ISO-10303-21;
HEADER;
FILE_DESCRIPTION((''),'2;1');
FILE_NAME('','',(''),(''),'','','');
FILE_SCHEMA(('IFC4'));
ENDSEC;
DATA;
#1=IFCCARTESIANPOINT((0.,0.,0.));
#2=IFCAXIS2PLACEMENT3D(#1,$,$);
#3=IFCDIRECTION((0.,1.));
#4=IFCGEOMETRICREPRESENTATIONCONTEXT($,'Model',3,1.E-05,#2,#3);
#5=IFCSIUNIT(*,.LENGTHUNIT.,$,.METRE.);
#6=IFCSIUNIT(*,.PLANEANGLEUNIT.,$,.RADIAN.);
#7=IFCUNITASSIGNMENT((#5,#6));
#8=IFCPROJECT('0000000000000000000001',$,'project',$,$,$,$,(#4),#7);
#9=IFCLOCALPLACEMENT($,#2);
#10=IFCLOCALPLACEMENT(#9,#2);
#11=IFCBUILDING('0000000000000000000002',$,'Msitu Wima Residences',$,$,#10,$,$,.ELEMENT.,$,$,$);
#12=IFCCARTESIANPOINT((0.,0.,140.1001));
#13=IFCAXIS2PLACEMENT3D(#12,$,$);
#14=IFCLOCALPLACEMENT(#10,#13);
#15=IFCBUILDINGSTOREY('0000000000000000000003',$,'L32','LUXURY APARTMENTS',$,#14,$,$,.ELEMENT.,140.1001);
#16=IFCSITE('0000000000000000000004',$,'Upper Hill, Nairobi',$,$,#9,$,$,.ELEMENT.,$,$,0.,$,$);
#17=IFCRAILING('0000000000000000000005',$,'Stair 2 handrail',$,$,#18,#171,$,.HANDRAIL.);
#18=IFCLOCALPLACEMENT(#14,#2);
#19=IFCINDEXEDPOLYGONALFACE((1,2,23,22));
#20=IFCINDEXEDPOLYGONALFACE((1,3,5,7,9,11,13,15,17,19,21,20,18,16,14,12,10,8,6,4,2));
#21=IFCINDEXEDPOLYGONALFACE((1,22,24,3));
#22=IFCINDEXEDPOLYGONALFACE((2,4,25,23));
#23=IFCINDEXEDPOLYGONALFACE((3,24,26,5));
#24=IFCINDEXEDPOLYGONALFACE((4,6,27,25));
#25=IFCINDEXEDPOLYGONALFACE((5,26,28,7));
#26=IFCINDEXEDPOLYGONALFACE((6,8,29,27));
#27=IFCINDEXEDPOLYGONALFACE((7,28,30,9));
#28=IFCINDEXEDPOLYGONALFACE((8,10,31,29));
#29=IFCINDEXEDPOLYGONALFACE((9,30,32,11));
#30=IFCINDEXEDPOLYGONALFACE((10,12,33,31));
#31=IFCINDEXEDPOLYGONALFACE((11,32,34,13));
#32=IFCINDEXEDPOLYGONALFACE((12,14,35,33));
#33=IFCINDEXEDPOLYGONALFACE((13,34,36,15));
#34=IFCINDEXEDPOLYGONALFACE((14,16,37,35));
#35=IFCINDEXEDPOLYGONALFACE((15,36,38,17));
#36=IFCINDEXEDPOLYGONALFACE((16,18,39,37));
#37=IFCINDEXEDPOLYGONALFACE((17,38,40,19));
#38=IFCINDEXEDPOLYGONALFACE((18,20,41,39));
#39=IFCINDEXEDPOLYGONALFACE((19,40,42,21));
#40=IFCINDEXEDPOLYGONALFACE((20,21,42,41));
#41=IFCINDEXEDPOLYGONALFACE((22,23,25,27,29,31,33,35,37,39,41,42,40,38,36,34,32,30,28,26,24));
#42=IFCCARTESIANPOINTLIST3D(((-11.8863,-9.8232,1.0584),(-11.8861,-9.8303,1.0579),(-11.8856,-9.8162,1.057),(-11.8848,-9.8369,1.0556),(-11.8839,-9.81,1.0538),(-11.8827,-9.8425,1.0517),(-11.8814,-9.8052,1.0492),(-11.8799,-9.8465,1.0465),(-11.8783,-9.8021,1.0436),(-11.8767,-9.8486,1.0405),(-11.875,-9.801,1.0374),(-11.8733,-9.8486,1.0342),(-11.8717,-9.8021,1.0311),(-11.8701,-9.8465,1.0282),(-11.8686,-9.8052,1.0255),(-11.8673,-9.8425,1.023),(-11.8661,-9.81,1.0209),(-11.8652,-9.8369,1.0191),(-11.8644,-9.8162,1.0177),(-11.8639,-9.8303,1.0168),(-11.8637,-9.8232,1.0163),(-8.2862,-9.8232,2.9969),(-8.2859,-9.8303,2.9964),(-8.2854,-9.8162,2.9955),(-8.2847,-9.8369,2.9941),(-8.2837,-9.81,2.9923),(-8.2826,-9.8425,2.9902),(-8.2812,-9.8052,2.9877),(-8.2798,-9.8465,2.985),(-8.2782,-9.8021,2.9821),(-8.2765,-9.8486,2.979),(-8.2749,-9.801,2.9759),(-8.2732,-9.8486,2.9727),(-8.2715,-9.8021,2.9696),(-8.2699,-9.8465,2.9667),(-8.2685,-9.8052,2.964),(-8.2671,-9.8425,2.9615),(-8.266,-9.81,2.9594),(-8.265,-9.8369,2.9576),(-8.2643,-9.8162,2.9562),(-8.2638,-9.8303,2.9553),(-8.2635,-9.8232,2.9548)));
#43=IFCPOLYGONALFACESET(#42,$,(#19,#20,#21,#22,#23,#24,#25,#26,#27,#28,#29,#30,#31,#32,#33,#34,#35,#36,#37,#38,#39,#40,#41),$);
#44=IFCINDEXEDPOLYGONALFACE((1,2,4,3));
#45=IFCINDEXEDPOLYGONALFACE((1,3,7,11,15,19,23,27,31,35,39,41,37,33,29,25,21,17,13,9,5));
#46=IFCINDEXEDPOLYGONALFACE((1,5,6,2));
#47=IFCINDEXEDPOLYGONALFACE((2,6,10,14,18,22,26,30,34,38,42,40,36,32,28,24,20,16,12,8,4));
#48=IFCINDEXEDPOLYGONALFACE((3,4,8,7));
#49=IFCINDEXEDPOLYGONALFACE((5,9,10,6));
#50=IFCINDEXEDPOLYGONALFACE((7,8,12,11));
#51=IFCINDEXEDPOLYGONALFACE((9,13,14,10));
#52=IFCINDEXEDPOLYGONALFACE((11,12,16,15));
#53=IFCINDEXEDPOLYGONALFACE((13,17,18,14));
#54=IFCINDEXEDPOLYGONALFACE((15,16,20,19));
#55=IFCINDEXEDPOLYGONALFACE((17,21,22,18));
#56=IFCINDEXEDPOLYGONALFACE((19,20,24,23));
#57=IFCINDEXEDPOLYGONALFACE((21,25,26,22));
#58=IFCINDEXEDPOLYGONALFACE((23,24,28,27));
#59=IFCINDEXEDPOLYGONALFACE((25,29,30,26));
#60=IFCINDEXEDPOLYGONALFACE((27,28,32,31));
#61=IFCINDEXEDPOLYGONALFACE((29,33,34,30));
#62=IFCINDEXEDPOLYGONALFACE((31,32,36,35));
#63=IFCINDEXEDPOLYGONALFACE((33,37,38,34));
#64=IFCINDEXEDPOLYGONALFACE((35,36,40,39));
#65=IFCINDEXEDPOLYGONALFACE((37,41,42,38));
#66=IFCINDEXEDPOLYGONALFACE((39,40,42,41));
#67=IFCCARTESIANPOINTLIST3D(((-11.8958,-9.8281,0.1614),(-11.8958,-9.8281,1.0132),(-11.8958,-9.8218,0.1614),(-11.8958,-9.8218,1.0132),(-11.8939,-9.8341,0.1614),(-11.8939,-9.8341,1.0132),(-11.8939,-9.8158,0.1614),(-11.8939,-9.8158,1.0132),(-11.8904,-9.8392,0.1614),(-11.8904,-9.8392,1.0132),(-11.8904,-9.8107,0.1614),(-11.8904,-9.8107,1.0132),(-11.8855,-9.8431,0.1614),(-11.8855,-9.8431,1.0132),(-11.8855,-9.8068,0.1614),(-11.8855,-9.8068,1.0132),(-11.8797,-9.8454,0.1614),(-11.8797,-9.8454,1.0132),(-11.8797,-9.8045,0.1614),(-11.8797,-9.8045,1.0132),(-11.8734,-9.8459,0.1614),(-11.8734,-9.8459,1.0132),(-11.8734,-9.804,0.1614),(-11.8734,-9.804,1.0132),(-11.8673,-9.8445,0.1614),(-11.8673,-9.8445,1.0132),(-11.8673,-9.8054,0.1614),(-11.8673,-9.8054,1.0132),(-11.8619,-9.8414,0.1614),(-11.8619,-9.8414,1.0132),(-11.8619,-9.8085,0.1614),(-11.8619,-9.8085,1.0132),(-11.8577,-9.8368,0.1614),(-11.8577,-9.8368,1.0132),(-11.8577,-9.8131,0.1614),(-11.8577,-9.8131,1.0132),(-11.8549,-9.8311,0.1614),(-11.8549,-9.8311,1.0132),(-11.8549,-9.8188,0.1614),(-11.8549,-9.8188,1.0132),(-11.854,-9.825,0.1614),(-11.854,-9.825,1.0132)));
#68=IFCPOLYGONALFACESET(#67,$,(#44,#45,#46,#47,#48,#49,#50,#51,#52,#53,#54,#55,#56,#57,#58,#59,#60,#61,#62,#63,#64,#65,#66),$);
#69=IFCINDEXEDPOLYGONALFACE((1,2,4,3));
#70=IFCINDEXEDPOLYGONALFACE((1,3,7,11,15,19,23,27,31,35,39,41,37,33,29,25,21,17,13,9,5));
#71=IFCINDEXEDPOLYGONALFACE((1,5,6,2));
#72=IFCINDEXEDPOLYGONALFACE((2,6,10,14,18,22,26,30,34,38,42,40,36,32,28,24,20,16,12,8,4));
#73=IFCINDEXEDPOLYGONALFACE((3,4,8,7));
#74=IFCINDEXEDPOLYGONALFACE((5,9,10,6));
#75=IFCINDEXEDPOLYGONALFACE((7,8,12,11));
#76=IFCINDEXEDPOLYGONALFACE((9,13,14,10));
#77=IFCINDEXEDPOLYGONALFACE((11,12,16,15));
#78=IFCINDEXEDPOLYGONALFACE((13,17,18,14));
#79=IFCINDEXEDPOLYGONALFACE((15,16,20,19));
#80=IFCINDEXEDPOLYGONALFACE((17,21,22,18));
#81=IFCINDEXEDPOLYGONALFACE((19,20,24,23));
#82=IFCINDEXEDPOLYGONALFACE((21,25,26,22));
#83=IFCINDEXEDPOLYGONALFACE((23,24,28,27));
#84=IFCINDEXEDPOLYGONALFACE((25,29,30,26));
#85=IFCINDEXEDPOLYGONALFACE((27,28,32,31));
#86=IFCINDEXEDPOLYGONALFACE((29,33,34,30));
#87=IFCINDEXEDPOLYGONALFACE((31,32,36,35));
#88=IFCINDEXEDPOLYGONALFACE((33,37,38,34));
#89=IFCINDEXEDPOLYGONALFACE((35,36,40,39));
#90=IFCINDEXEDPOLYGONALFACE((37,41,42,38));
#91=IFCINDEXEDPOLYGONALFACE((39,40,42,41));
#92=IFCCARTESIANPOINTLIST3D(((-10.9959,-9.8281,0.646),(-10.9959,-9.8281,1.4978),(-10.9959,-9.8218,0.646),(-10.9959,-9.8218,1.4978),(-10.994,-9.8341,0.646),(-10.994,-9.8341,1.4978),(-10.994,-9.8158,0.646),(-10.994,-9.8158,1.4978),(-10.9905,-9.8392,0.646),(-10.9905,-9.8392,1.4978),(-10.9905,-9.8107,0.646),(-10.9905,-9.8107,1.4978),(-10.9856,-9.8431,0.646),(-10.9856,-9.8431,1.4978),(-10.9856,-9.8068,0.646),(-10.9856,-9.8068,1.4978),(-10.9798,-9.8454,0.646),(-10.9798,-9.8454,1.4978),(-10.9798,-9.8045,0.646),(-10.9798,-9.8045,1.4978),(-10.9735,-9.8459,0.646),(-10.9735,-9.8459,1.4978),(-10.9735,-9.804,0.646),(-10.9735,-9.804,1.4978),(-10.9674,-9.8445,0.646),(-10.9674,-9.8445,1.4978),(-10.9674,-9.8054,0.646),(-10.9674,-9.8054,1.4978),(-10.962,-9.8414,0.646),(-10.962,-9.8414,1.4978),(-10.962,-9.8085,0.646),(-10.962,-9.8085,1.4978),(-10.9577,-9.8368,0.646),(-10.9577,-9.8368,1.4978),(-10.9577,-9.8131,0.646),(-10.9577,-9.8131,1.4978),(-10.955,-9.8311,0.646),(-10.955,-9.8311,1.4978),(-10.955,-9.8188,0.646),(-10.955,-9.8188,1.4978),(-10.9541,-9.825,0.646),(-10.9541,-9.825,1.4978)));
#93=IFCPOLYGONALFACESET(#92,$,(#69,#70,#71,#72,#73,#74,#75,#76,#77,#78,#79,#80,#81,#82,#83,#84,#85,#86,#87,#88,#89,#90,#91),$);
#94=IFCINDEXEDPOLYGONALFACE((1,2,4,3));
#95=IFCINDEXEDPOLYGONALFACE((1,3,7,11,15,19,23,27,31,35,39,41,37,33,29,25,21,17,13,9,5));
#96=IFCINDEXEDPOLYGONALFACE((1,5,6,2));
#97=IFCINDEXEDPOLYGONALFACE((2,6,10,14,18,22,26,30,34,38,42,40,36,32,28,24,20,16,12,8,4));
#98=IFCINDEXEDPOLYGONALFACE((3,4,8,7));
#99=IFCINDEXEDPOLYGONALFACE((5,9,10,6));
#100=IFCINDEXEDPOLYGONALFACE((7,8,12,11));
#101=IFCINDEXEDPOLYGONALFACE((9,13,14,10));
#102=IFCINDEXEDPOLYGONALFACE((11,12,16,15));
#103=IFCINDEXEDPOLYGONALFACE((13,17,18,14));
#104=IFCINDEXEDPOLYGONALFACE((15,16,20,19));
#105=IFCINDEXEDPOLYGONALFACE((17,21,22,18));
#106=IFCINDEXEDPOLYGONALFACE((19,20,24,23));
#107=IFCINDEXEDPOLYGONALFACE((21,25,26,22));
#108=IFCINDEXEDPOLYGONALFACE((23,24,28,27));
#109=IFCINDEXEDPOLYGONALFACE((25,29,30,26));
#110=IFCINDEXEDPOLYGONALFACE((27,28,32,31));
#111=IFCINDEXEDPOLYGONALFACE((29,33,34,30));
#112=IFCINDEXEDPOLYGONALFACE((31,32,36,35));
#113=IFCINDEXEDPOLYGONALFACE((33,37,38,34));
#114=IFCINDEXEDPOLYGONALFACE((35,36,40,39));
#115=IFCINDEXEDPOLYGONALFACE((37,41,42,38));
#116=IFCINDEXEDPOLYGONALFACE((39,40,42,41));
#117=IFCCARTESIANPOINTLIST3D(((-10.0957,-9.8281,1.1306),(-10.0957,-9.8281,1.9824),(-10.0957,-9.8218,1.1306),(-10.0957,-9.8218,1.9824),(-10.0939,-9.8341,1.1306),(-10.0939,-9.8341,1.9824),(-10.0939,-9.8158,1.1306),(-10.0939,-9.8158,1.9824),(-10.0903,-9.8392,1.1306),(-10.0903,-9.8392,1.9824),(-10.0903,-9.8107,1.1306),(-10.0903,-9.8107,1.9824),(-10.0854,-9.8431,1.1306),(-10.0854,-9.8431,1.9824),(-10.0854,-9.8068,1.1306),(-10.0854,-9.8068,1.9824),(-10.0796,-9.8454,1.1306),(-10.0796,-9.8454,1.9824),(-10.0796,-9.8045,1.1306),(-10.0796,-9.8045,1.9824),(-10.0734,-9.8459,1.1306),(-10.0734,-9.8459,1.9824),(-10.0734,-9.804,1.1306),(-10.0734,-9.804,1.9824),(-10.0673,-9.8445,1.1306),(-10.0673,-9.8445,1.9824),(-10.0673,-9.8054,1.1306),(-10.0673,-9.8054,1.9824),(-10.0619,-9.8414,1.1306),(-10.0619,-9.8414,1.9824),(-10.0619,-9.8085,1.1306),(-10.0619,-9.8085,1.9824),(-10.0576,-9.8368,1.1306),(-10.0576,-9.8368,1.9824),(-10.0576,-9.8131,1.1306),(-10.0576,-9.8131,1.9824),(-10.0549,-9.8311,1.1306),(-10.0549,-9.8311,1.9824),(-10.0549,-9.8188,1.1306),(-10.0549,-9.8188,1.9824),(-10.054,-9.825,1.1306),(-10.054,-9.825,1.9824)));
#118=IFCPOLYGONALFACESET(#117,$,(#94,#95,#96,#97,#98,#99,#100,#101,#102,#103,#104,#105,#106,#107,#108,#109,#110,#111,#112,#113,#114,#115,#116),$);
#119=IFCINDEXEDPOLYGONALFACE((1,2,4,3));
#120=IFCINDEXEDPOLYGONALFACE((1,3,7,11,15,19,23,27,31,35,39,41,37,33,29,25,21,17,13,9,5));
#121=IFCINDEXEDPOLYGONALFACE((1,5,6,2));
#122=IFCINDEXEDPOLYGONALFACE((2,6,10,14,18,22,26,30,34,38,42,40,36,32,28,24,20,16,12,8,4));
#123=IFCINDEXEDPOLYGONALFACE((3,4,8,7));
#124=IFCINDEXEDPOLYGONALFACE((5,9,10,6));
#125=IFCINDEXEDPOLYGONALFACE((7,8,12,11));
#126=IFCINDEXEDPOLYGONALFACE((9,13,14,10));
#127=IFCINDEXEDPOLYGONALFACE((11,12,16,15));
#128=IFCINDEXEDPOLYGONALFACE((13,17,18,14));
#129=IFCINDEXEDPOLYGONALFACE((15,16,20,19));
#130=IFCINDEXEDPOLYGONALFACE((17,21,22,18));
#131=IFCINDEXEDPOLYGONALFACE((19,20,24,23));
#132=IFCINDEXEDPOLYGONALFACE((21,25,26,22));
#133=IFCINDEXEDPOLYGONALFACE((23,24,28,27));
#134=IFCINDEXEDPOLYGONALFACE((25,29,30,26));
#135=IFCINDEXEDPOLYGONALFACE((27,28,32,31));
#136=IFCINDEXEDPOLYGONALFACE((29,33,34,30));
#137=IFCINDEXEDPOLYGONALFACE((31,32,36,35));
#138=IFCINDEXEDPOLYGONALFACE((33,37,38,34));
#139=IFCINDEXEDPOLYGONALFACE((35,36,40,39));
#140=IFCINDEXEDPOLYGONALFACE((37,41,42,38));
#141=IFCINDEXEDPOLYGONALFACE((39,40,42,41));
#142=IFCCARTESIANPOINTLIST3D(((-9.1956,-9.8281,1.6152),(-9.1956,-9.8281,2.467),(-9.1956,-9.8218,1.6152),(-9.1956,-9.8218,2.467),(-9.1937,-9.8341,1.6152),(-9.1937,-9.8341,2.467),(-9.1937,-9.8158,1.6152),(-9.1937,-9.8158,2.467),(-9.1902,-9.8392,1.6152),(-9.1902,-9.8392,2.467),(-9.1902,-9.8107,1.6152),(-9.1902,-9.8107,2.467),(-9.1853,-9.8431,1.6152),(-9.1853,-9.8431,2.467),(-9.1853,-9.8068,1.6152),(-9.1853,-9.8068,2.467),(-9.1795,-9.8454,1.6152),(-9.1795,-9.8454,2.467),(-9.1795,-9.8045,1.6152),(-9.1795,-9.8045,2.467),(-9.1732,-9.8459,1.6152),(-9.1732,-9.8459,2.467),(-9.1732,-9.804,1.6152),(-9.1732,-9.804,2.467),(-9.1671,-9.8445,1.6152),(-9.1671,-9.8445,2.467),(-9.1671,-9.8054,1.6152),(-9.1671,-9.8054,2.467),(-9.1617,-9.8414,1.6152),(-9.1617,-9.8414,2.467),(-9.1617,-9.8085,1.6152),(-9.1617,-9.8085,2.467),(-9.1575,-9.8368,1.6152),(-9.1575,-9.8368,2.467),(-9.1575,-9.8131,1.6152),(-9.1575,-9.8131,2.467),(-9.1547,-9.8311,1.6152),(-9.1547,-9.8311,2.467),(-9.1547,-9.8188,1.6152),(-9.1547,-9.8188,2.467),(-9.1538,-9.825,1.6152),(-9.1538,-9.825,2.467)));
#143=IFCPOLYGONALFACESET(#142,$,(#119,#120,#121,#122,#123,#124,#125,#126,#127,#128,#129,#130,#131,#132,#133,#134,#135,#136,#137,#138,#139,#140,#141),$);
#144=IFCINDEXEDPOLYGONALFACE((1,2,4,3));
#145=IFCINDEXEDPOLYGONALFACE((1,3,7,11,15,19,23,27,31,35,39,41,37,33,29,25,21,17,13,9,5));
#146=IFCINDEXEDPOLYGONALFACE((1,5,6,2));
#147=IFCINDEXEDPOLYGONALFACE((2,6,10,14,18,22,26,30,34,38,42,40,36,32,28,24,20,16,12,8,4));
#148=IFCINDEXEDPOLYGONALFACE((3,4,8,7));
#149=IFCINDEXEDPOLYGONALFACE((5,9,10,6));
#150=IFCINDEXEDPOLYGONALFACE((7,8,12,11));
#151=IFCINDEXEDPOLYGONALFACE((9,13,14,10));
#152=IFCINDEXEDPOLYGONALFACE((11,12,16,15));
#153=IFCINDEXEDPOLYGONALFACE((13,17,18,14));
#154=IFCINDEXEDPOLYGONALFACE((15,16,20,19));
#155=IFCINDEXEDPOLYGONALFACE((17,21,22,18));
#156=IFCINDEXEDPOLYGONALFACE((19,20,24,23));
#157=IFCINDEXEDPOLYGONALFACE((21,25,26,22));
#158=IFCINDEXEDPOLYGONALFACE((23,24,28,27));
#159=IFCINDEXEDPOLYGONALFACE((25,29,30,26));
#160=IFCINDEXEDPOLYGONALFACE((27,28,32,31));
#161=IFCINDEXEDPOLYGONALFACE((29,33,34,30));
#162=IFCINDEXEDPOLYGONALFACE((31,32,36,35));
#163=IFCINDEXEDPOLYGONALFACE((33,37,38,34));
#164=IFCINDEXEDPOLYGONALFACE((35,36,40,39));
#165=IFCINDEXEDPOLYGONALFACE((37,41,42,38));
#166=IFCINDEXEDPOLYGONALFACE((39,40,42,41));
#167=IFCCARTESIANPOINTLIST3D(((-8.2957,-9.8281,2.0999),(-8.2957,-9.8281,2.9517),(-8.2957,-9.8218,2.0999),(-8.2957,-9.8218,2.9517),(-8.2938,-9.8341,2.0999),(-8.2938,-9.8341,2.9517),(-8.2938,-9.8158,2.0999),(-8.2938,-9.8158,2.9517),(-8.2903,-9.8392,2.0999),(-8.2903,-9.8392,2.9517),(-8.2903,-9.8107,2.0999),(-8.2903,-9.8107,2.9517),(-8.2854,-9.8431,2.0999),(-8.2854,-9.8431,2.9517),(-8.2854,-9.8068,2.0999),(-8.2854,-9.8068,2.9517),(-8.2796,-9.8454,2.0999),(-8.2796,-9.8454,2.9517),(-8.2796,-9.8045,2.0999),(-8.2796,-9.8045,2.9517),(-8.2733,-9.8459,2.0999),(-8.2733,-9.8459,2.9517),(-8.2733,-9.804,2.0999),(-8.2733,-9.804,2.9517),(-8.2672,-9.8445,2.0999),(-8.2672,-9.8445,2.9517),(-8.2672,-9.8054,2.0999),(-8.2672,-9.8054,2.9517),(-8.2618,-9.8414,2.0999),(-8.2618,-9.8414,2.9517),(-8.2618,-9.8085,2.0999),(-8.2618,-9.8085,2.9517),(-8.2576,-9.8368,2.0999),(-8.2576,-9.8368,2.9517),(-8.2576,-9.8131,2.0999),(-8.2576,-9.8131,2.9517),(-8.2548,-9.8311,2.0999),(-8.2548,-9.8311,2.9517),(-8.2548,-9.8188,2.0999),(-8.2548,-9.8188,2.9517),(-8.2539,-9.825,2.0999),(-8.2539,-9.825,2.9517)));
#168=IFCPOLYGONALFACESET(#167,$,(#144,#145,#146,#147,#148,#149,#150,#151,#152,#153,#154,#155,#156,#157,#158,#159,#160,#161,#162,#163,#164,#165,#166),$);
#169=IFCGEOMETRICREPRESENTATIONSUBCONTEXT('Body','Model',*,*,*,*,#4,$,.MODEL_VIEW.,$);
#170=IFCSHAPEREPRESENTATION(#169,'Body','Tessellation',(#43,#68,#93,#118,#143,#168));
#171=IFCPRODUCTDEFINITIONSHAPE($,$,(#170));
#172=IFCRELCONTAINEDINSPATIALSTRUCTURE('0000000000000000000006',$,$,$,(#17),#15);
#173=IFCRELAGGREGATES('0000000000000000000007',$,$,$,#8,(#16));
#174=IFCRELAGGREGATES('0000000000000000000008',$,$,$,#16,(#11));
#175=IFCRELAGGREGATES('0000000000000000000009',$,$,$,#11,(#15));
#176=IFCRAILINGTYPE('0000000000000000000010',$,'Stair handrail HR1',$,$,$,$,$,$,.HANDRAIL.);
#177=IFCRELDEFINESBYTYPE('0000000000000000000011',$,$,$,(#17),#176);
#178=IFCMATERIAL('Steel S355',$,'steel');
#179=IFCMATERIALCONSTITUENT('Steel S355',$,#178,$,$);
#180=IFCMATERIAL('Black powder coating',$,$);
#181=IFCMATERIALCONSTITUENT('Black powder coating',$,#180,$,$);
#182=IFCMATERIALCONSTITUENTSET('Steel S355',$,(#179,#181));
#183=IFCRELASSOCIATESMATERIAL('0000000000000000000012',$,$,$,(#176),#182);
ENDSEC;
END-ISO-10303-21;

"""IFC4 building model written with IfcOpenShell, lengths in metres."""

from ifc_helpers import new_model, si_unit, direction, frame, origin, origin_2d, place, context, subcontext, project, spatial, circle, extrude, material, constituent, constituent_set, type_object, element, save


model = new_model("IFC4")

# Units and contexts
model_context = context("Model", 3, precision=1e-05, world=origin(), true_north=direction((0.0, 1.0)))
body_context = subcontext(model_context, "Body", "Model", "MODEL_VIEW")
ifc_project = project(units=[si_unit("LENGTHUNIT", "METRE"), si_unit("PLANEANGLEUNIT", "RADIAN")], contexts=[model_context])

# Site, building, storey
site_placement = place(None, origin())
site = spatial("IfcSite", under=ifc_project, at=site_placement, Name="Upper Hill, Nairobi", CompositionType="ELEMENT", RefElevation=0.0)
building_placement = place(site_placement, origin())
building = spatial("IfcBuilding", under=site, at=building_placement, Name="Msitu Wima Residences", CompositionType="ELEMENT")
storey_placement = place(building_placement, frame((0.0, 0.0, 140.1001)))
storey = spatial("IfcBuildingStorey", under=building, at=storey_placement, Name="L32", Description="LUXURY APARTMENTS", CompositionType="ELEMENT", Elevation=140.1001)

# Railing
ifc_material_1 = material(Name="Steel S355", Category="steel")
ifc_constituent_1 = constituent(ifc_material_1, Name="Steel S355")
ifc_material_2 = material(Name="Black powder coating")
ifc_constituent_2 = constituent(ifc_material_2, Name="Black powder coating")
ifc_constituent_set = constituent_set(constituents=[ifc_constituent_1, ifc_constituent_2], Name="Steel S355")
railing_type = type_object("IfcRailingType", Name="Stair handrail HR1", PredefinedType="HANDRAIL", material=ifc_constituent_set)
for number, where, name in (
    (1, (-11.875, -9.825, 0.1614), "Stair 2 handrail"),
):
    element("IfcRailing", number, at=place(storey_placement, frame(where)), inside=storey, type_object=railing_type, Name=name, PredefinedType="HANDRAIL", context=body_context, shape_type="SweptSolid", body=[
        extrude(circle(Radius=0.0239, at=origin_2d()), frame((0.0, 0.0, 0.876), z_axis=(0.880475, 0.0, 0.474093), x_axis=(0.0, 1.0, 0.0)), (0.0, 0.0, 1.0), 4.0889),
        extrude(circle(Radius=0.021, at=origin_2d()), origin(), (0.0, 0.0, 1.0), 0.8518),
        extrude(circle(Radius=0.021, at=origin_2d()), frame((0.8999, 0.0, 0.4846)), (0.0, 0.0, 1.0), 0.8518),
        extrude(circle(Radius=0.021, at=origin_2d()), frame((1.8, 0.0, 0.9692)), (0.0, 0.0, 1.0), 0.8518),
        extrude(circle(Radius=0.021, at=origin_2d()), frame((2.7002, 0.0, 1.4539)), (0.0, 0.0, 1.0), 0.8518),
        extrude(circle(Radius=0.021, at=origin_2d()), frame((3.6001, 0.0, 1.9385)), (0.0, 0.0, 1.0), 0.8518),
    ])

save(model, "model.ifc")
